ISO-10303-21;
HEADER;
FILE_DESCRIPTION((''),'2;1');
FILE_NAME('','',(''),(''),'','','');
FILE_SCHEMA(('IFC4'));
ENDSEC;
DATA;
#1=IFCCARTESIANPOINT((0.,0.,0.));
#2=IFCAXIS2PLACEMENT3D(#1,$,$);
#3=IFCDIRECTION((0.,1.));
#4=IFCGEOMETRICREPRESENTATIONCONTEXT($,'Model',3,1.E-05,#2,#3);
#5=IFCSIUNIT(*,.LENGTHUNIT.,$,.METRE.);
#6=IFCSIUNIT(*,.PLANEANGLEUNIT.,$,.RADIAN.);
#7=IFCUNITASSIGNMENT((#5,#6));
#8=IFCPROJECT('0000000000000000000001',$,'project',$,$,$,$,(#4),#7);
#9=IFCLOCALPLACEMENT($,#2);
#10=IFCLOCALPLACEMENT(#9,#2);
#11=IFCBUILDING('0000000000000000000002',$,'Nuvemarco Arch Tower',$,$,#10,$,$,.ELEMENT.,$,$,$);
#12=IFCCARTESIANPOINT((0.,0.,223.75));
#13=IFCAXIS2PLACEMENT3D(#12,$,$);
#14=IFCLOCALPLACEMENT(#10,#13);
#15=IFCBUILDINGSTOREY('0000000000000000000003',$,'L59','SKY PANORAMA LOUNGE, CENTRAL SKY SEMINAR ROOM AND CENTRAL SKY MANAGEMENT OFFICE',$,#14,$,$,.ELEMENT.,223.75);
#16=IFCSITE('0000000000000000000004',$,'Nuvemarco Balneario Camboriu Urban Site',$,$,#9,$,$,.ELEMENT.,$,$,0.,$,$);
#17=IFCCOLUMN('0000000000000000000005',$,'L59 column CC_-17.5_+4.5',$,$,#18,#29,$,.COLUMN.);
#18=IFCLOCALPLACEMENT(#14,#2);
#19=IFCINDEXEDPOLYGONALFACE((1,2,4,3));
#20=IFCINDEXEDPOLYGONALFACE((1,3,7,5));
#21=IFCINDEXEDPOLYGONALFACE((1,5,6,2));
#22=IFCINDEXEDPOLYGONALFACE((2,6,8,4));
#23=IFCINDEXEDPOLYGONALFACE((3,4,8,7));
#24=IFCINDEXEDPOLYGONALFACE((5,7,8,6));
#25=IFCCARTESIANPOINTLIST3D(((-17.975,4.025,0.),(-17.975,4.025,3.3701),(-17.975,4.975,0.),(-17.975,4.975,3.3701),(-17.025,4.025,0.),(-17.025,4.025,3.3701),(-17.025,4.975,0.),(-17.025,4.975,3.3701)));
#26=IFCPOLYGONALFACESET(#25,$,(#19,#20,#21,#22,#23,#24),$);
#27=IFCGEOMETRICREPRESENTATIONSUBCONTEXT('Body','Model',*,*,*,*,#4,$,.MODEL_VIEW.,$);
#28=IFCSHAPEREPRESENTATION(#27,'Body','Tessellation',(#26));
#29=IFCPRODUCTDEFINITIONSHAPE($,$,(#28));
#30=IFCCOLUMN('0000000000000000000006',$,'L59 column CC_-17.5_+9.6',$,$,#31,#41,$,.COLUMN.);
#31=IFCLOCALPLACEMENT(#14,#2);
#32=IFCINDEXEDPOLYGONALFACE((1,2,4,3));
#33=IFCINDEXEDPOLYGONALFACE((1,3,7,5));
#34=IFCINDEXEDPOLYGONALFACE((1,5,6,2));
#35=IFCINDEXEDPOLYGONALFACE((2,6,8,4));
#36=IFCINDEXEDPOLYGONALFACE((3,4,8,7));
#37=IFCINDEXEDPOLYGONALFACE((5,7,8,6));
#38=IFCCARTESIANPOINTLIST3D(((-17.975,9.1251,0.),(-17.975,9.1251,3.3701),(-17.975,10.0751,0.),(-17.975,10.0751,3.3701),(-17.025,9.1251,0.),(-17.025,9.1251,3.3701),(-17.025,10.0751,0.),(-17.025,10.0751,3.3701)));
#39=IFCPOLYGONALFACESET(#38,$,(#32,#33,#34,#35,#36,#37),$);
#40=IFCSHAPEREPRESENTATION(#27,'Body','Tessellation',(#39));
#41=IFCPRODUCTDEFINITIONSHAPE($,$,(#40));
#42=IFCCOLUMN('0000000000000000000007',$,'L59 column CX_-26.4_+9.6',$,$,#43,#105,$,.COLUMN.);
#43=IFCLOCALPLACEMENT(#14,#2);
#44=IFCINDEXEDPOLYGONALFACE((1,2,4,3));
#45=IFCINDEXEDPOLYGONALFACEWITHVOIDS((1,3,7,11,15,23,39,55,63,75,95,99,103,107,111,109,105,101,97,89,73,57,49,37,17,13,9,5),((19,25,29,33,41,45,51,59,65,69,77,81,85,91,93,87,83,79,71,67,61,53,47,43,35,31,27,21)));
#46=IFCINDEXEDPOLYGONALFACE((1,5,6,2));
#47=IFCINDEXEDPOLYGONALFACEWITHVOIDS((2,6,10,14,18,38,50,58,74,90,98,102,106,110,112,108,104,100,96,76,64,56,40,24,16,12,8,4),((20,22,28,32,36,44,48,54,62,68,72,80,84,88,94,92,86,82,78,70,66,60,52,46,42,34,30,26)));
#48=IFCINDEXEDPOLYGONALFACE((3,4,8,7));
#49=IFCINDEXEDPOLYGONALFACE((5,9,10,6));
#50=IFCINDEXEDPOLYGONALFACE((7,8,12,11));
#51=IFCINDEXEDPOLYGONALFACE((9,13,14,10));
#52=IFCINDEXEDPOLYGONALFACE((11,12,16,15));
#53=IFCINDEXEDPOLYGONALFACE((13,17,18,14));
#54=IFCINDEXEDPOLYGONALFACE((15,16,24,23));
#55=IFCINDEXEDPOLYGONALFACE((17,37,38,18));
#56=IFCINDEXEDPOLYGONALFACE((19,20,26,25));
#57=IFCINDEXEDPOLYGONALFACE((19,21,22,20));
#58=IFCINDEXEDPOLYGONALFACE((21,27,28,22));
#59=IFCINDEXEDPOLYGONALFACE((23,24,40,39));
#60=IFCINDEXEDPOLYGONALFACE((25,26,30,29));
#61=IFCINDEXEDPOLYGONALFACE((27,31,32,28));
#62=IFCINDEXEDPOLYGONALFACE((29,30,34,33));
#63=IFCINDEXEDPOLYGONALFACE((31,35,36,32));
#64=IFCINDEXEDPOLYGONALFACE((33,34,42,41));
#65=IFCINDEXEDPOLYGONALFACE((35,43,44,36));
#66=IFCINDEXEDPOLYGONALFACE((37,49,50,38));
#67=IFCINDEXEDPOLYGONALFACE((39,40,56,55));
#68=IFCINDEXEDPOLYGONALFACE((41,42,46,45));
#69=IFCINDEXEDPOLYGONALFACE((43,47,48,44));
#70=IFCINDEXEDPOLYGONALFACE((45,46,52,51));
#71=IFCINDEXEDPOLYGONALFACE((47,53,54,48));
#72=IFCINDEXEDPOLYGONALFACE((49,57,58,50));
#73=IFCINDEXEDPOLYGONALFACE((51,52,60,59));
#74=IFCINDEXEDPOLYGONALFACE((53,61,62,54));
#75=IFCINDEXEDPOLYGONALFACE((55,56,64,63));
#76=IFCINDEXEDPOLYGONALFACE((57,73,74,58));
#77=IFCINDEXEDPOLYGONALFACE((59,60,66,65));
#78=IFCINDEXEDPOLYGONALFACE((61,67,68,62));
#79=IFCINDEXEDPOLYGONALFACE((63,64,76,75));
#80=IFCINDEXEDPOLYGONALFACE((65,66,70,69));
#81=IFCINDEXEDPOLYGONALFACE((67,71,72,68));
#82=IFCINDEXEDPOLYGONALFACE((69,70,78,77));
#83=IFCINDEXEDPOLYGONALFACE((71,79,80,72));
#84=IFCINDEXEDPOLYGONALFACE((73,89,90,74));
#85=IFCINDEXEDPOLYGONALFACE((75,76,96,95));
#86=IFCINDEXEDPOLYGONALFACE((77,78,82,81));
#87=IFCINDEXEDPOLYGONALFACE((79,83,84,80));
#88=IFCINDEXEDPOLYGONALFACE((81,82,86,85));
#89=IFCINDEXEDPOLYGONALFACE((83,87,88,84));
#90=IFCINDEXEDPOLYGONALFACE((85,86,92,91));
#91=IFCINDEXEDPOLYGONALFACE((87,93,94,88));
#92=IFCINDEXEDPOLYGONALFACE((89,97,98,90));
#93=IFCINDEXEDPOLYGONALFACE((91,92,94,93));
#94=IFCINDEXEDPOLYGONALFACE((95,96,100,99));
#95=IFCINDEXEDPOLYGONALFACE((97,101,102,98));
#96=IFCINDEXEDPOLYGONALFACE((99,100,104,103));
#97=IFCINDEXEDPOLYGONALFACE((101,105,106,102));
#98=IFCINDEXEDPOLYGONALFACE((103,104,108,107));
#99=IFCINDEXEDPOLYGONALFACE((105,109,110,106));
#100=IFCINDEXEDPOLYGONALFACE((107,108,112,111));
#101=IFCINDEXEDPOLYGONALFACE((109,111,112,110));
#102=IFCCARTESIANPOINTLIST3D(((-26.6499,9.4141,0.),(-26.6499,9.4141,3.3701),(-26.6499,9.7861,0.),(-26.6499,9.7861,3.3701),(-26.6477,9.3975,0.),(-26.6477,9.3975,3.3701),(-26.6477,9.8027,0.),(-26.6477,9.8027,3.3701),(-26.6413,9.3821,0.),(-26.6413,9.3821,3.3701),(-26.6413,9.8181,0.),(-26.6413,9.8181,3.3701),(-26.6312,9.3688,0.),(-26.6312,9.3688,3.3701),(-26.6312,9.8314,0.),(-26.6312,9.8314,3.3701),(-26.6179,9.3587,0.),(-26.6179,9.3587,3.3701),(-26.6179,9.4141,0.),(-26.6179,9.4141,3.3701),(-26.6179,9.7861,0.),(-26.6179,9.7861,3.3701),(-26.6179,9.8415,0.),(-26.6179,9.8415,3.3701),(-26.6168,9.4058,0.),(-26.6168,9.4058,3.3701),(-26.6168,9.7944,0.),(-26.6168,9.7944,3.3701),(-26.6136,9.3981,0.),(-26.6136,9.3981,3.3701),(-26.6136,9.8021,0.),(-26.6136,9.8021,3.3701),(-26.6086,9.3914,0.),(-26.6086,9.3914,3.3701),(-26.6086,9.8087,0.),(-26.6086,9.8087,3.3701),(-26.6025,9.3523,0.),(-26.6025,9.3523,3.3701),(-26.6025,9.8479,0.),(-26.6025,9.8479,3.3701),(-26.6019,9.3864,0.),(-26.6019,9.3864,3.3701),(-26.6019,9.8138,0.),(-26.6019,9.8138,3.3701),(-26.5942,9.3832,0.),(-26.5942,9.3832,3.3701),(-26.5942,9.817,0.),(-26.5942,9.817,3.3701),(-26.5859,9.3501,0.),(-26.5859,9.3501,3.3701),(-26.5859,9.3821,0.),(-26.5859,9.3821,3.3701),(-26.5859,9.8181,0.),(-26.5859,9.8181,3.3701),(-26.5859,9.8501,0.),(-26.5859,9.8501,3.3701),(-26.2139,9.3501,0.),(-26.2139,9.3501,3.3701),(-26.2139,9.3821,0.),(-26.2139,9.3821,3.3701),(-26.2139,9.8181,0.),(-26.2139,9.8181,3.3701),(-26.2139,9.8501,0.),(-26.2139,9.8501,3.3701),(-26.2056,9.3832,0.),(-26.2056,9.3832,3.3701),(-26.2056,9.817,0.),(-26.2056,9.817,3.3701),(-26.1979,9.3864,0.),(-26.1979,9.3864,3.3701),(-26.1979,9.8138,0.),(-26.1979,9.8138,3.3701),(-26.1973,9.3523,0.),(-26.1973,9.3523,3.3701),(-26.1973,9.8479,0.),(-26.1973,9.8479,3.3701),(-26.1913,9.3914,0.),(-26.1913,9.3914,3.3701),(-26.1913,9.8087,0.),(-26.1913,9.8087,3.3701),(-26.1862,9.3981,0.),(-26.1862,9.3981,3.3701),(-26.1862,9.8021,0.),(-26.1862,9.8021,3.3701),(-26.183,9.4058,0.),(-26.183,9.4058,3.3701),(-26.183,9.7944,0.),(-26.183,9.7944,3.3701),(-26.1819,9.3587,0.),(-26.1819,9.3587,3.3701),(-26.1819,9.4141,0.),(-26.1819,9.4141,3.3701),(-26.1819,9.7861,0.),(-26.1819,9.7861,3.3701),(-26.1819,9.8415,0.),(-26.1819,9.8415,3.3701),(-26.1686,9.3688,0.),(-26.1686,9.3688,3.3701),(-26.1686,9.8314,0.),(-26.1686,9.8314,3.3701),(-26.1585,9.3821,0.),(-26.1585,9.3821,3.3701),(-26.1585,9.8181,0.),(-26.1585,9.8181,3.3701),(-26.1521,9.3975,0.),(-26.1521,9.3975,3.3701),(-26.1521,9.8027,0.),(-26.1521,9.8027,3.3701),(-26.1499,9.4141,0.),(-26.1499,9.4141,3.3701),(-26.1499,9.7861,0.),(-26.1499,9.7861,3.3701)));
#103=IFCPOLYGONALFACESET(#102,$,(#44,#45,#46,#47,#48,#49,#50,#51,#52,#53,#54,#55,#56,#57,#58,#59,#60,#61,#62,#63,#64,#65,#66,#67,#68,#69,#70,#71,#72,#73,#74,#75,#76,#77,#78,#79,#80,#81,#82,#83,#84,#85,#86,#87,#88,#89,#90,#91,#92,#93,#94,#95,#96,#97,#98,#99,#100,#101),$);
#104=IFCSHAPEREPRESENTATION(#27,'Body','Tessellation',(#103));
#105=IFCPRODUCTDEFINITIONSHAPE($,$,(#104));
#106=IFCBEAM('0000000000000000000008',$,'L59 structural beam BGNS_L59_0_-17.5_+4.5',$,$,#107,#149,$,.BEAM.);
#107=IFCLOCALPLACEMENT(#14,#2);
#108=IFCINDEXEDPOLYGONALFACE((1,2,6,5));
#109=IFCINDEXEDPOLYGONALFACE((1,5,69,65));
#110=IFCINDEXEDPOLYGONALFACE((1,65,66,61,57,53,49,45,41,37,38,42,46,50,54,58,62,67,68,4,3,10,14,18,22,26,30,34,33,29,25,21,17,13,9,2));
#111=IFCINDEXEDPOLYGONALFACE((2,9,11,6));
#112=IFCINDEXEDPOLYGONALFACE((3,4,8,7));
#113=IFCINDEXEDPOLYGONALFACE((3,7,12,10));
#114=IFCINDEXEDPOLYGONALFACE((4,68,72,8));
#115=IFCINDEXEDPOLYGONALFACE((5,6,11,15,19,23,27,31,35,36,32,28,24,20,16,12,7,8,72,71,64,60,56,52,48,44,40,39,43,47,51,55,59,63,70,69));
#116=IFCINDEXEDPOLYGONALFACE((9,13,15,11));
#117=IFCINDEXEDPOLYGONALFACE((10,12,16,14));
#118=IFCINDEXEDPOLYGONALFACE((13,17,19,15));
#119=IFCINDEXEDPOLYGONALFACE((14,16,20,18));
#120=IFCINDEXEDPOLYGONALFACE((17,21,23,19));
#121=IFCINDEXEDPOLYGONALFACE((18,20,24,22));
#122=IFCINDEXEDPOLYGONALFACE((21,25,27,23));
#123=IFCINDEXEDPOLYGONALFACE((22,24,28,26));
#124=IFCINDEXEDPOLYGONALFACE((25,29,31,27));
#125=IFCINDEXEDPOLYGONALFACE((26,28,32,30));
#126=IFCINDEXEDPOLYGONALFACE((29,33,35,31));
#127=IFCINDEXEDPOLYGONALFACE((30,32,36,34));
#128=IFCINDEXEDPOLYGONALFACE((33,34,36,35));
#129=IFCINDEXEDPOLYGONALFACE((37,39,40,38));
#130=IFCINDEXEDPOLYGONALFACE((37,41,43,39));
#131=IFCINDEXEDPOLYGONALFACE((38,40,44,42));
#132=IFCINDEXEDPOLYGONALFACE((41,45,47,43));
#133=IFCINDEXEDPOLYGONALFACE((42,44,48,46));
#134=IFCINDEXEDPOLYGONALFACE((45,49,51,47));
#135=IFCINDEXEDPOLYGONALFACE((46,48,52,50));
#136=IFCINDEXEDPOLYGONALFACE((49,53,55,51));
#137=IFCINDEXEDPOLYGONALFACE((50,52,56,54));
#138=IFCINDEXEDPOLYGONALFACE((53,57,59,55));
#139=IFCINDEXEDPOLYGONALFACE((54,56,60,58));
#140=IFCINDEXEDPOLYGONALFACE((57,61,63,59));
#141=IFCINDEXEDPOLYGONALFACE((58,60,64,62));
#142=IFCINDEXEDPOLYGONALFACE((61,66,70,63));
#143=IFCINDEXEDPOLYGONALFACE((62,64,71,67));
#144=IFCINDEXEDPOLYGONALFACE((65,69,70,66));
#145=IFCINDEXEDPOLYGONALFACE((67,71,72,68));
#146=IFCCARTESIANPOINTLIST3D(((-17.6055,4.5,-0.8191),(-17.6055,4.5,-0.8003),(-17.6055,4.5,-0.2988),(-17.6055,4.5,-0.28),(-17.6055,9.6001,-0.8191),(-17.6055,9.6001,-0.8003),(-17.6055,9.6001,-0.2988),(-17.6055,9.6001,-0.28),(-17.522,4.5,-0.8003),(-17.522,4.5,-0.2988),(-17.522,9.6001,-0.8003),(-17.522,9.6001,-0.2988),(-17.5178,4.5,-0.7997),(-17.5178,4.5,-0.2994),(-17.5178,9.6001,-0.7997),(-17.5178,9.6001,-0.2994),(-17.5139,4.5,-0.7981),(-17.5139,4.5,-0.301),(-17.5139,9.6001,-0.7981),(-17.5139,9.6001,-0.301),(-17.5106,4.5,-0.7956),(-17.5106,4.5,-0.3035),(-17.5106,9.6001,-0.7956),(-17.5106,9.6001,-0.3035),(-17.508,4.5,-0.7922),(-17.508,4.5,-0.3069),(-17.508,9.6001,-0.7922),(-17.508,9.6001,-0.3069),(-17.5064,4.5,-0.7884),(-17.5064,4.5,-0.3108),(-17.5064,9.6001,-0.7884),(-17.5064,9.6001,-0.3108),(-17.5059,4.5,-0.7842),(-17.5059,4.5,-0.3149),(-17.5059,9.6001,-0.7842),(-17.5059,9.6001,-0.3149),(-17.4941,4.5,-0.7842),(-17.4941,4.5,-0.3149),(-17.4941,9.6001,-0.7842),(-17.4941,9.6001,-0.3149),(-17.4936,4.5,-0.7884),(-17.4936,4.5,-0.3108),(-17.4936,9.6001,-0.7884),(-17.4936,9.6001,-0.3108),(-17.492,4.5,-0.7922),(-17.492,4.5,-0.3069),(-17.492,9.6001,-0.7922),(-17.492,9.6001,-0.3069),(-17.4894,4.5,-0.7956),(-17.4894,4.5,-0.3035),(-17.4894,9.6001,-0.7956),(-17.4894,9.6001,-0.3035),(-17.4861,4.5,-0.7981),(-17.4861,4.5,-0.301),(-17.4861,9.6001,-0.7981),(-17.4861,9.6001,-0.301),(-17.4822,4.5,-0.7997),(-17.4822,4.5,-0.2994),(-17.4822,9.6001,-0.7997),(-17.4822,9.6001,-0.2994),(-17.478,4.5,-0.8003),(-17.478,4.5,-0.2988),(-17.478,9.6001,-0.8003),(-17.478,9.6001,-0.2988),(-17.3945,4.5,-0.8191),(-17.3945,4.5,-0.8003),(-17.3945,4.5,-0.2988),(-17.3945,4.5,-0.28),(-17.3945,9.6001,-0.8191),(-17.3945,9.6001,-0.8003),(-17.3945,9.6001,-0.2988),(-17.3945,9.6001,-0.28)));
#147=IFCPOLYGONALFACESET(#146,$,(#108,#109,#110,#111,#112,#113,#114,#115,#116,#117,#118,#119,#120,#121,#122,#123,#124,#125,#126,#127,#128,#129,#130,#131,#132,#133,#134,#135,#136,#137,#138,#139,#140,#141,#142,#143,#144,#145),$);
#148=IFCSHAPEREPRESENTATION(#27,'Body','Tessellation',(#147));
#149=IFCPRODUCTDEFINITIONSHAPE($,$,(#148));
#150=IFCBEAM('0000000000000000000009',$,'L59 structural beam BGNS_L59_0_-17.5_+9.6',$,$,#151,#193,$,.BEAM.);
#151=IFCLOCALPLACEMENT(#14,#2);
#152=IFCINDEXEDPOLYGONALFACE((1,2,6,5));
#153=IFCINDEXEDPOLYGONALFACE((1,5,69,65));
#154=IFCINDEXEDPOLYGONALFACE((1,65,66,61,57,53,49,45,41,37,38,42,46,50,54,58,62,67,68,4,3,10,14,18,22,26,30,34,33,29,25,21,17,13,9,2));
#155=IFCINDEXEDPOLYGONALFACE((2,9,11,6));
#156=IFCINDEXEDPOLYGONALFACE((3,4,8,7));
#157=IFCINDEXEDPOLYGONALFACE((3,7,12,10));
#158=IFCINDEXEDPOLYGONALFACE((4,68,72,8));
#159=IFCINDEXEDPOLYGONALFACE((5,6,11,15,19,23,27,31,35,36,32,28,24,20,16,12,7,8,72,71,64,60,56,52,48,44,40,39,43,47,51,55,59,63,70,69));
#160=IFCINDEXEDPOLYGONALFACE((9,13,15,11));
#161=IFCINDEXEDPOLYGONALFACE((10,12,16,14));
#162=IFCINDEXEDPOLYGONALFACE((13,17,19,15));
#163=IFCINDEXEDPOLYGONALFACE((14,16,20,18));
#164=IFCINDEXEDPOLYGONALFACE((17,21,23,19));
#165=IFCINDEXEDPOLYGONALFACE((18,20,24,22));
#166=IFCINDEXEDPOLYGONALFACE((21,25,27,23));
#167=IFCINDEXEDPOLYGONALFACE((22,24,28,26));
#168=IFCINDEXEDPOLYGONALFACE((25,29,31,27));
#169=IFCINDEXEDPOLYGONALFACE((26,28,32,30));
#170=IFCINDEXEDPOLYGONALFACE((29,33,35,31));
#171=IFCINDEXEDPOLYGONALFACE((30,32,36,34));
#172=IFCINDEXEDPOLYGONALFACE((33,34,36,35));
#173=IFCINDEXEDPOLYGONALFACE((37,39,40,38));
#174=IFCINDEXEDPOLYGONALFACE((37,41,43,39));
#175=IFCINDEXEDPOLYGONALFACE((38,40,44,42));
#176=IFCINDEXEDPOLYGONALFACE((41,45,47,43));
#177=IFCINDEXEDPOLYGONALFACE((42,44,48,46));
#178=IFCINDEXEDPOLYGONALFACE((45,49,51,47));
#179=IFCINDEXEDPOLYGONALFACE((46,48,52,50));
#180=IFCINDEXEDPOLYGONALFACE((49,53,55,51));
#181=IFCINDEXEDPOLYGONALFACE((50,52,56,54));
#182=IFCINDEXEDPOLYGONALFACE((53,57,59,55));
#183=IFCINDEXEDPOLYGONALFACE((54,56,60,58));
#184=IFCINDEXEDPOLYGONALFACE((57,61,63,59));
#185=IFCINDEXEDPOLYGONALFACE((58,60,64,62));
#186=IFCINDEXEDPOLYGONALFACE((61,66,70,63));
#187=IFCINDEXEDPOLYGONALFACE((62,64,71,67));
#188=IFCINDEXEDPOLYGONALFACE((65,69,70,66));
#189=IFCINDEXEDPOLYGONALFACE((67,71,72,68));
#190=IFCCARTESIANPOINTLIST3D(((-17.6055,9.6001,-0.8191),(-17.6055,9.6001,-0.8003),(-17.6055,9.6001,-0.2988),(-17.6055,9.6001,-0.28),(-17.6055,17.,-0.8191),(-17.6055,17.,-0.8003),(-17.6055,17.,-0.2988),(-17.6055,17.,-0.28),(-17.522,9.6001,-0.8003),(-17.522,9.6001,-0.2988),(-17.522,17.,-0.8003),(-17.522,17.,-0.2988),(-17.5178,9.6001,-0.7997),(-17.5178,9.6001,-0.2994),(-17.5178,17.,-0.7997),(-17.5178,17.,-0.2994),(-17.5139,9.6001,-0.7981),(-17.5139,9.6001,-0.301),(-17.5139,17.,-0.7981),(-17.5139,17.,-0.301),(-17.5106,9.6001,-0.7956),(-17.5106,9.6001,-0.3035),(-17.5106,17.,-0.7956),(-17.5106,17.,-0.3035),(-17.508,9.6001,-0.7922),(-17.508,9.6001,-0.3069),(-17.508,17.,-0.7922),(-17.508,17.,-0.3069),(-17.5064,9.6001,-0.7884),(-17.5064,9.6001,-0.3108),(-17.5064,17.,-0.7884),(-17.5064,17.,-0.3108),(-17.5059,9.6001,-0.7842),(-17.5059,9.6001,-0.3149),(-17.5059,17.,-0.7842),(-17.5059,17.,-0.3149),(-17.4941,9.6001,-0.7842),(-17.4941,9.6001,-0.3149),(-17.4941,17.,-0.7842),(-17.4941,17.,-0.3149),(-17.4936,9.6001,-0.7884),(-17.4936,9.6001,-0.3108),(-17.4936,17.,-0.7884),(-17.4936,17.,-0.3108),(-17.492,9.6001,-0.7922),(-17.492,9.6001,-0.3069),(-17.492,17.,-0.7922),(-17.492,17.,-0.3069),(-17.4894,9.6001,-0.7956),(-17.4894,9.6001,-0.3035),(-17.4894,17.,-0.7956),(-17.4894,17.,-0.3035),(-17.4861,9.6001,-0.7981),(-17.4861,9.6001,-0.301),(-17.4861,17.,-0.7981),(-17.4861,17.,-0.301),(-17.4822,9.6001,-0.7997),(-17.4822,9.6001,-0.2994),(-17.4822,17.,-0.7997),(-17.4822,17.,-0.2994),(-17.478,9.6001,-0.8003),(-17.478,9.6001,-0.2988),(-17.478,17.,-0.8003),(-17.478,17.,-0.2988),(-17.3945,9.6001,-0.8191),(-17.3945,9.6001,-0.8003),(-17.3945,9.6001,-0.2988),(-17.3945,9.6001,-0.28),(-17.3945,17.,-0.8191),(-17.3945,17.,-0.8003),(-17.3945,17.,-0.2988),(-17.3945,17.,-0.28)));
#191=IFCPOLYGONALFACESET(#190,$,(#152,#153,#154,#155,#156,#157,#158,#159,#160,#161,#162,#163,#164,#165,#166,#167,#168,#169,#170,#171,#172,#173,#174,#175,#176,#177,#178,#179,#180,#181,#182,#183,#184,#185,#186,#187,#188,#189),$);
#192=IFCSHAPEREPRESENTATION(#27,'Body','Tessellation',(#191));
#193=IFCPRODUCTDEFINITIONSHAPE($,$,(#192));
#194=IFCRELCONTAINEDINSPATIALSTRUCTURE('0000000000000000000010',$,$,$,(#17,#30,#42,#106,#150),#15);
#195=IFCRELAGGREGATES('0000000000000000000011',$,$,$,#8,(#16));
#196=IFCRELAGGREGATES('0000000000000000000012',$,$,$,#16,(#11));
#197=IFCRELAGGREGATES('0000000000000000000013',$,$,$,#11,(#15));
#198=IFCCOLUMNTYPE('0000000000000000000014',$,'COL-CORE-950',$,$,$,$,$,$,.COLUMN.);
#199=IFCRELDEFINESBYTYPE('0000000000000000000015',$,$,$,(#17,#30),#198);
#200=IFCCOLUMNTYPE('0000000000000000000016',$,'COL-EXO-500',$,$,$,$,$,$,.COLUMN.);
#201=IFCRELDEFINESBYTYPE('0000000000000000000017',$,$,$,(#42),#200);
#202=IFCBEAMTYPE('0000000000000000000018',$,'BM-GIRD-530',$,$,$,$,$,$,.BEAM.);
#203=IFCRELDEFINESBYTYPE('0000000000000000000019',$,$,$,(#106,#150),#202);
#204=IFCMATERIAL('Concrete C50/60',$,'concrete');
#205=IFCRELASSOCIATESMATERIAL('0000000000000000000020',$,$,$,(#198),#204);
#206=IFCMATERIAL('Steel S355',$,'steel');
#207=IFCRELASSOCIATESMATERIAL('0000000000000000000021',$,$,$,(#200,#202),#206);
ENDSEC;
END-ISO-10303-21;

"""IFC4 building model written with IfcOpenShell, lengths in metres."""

from ifc_helpers import new_model, si_unit, direction, frame, origin, origin_2d, place, context, subcontext, project, spatial, rectangle, hollow_rectangle, i_section, extrude, material, material_profile, profile_set, type_object, element, save


model = new_model("IFC4")

# Units and contexts
model_context = context("Model", 3, precision=1e-05, world=origin(), true_north=direction((0.0, 1.0)))
body_context = subcontext(model_context, "Body", "Model", "MODEL_VIEW")
ifc_project = project(units=[si_unit("LENGTHUNIT", "METRE"), si_unit("PLANEANGLEUNIT", "RADIAN")], contexts=[model_context])

# Site, building, storey
site_placement = place(None, origin())
site = spatial("IfcSite", under=ifc_project, at=site_placement, Name="Nuvemarco Balneario Camboriu Urban Site", CompositionType="ELEMENT", RefElevation=0.0)
building_placement = place(site_placement, origin())
building = spatial("IfcBuilding", under=site, at=building_placement, Name="Nuvemarco Arch Tower", CompositionType="ELEMENT")
storey_placement = place(building_placement, frame((0.0, 0.0, 223.75)))
storey = spatial("IfcBuildingStorey", under=building, at=storey_placement, Name="L59", Description="SKY PANORAMA LOUNGE, CENTRAL SKY SEMINAR ROOM AND CENTRAL SKY MANAGEMENT OFFICE", CompositionType="ELEMENT", Elevation=223.75)

# Columns
ifc_material_1 = material(Name="Concrete C50/60", Category="concrete")
ifc_material_profile_1 = material_profile(ifc_material_1, rectangle(XDim=0.95, YDim=0.95, at=origin_2d()), Name="RC-COL-950x950")
ifc_profile_set_1 = profile_set([ifc_material_profile_1], Name="Concrete C50/60")
column_type_1 = type_object("IfcColumnType", Name="COL-CORE-950", PredefinedType="COLUMN", material=ifc_profile_set_1)
for number, where, z_axis, x_axis, name in (
    (1, (-17.5, 4.5, 0.0), (0.0, 0.0, 1.0), (1.0, 0.0, 0.0), "L59 column CC_-17.5_+4.5"),
    (2, (-17.5, 9.6001, 0.0), (0.0, 0.0, 1.0), (1.0, 0.0, 0.0), "L59 column CC_-17.5_+9.6"),
):
    element("IfcColumn", number, at=place(storey_placement, frame(where, z_axis=z_axis, x_axis=x_axis)), inside=storey, type_object=column_type_1, Name=name, PredefinedType="COLUMN", context=body_context, shape_type="SweptSolid", body=[
        extrude(rectangle(XDim=0.95, YDim=0.95, at=origin_2d()), origin(), (0.0, 0.0, 1.0), 3.3701),
    ])
ifc_material_2 = material(Name="Steel S355", Category="steel")
ifc_material_profile_2 = material_profile(ifc_material_2, hollow_rectangle(XDim=0.5, YDim=0.5, WallThickness=0.032, InnerFilletRadius=0.032, OuterFilletRadius=0.064, at=origin_2d()), Name="SHS500x500x32")
ifc_profile_set_2 = profile_set([ifc_material_profile_2], Name="Steel S355")
column_type_2 = type_object("IfcColumnType", Name="COL-EXO-500", PredefinedType="COLUMN", material=ifc_profile_set_2)
column_placement = place(storey_placement, frame((-26.3999, 9.6001, 0.0), z_axis=(0.0, 0.0, 1.0), x_axis=(1.0, 0.0, 0.0)))
element("IfcColumn", 3, at=column_placement, inside=storey, type_object=column_type_2, Name="L59 column CX_-26.4_+9.6", PredefinedType="COLUMN", context=body_context, shape_type="SweptSolid", body=[
    extrude(hollow_rectangle(XDim=0.5, YDim=0.5, WallThickness=0.032, InnerFilletRadius=0.032, OuterFilletRadius=0.064, at=origin_2d()), origin(), (0.0, 0.0, 1.0), 3.3701),
])

# Beams
ifc_material_profile_3 = material_profile(ifc_material_2, i_section(OverallWidth=0.2109, OverallDepth=0.5391, WebThickness=0.0117, FlangeThickness=0.0188, FilletRadius=0.0161, at=origin_2d()), Name="W530x109")
ifc_profile_set_3 = profile_set([ifc_material_profile_3], Name="Steel S355")
beam_type_1 = type_object("IfcBeamType", Name="BM-GIRD-530", PredefinedType="BEAM", material=ifc_profile_set_3)
beam_1_placement = place(storey_placement, frame((-17.5, 4.5, -0.5496), z_axis=(0.0, 1.0, 0.0), x_axis=(-1.0, 0.0, 0.0)))
element("IfcBeam", 4, at=beam_1_placement, inside=storey, type_object=beam_type_1, Name="L59 structural beam BGNS_L59_0_-17.5_+4.5", PredefinedType="BEAM", context=body_context, shape_type="SweptSolid", body=[
    extrude(i_section(OverallWidth=0.2109, OverallDepth=0.5391, WebThickness=0.0117, FlangeThickness=0.0188, FilletRadius=0.0161, at=origin_2d()), origin(), (0.0, 0.0, 1.0), 5.1001),
])
beam_2_placement = place(storey_placement, frame((-17.5, 9.6001, -0.5496), z_axis=(0.0, 1.0, 0.0), x_axis=(-1.0, 0.0, 0.0)))
element("IfcBeam", 5, at=beam_2_placement, inside=storey, type_object=beam_type_1, Name="L59 structural beam BGNS_L59_0_-17.5_+9.6", PredefinedType="BEAM", context=body_context, shape_type="SweptSolid", body=[
    extrude(i_section(OverallWidth=0.2109, OverallDepth=0.5391, WebThickness=0.0117, FlangeThickness=0.0188, FilletRadius=0.0161, at=origin_2d()), origin(), (0.0, 0.0, 1.0), 7.3999),
])

save(model, "model.ifc")
